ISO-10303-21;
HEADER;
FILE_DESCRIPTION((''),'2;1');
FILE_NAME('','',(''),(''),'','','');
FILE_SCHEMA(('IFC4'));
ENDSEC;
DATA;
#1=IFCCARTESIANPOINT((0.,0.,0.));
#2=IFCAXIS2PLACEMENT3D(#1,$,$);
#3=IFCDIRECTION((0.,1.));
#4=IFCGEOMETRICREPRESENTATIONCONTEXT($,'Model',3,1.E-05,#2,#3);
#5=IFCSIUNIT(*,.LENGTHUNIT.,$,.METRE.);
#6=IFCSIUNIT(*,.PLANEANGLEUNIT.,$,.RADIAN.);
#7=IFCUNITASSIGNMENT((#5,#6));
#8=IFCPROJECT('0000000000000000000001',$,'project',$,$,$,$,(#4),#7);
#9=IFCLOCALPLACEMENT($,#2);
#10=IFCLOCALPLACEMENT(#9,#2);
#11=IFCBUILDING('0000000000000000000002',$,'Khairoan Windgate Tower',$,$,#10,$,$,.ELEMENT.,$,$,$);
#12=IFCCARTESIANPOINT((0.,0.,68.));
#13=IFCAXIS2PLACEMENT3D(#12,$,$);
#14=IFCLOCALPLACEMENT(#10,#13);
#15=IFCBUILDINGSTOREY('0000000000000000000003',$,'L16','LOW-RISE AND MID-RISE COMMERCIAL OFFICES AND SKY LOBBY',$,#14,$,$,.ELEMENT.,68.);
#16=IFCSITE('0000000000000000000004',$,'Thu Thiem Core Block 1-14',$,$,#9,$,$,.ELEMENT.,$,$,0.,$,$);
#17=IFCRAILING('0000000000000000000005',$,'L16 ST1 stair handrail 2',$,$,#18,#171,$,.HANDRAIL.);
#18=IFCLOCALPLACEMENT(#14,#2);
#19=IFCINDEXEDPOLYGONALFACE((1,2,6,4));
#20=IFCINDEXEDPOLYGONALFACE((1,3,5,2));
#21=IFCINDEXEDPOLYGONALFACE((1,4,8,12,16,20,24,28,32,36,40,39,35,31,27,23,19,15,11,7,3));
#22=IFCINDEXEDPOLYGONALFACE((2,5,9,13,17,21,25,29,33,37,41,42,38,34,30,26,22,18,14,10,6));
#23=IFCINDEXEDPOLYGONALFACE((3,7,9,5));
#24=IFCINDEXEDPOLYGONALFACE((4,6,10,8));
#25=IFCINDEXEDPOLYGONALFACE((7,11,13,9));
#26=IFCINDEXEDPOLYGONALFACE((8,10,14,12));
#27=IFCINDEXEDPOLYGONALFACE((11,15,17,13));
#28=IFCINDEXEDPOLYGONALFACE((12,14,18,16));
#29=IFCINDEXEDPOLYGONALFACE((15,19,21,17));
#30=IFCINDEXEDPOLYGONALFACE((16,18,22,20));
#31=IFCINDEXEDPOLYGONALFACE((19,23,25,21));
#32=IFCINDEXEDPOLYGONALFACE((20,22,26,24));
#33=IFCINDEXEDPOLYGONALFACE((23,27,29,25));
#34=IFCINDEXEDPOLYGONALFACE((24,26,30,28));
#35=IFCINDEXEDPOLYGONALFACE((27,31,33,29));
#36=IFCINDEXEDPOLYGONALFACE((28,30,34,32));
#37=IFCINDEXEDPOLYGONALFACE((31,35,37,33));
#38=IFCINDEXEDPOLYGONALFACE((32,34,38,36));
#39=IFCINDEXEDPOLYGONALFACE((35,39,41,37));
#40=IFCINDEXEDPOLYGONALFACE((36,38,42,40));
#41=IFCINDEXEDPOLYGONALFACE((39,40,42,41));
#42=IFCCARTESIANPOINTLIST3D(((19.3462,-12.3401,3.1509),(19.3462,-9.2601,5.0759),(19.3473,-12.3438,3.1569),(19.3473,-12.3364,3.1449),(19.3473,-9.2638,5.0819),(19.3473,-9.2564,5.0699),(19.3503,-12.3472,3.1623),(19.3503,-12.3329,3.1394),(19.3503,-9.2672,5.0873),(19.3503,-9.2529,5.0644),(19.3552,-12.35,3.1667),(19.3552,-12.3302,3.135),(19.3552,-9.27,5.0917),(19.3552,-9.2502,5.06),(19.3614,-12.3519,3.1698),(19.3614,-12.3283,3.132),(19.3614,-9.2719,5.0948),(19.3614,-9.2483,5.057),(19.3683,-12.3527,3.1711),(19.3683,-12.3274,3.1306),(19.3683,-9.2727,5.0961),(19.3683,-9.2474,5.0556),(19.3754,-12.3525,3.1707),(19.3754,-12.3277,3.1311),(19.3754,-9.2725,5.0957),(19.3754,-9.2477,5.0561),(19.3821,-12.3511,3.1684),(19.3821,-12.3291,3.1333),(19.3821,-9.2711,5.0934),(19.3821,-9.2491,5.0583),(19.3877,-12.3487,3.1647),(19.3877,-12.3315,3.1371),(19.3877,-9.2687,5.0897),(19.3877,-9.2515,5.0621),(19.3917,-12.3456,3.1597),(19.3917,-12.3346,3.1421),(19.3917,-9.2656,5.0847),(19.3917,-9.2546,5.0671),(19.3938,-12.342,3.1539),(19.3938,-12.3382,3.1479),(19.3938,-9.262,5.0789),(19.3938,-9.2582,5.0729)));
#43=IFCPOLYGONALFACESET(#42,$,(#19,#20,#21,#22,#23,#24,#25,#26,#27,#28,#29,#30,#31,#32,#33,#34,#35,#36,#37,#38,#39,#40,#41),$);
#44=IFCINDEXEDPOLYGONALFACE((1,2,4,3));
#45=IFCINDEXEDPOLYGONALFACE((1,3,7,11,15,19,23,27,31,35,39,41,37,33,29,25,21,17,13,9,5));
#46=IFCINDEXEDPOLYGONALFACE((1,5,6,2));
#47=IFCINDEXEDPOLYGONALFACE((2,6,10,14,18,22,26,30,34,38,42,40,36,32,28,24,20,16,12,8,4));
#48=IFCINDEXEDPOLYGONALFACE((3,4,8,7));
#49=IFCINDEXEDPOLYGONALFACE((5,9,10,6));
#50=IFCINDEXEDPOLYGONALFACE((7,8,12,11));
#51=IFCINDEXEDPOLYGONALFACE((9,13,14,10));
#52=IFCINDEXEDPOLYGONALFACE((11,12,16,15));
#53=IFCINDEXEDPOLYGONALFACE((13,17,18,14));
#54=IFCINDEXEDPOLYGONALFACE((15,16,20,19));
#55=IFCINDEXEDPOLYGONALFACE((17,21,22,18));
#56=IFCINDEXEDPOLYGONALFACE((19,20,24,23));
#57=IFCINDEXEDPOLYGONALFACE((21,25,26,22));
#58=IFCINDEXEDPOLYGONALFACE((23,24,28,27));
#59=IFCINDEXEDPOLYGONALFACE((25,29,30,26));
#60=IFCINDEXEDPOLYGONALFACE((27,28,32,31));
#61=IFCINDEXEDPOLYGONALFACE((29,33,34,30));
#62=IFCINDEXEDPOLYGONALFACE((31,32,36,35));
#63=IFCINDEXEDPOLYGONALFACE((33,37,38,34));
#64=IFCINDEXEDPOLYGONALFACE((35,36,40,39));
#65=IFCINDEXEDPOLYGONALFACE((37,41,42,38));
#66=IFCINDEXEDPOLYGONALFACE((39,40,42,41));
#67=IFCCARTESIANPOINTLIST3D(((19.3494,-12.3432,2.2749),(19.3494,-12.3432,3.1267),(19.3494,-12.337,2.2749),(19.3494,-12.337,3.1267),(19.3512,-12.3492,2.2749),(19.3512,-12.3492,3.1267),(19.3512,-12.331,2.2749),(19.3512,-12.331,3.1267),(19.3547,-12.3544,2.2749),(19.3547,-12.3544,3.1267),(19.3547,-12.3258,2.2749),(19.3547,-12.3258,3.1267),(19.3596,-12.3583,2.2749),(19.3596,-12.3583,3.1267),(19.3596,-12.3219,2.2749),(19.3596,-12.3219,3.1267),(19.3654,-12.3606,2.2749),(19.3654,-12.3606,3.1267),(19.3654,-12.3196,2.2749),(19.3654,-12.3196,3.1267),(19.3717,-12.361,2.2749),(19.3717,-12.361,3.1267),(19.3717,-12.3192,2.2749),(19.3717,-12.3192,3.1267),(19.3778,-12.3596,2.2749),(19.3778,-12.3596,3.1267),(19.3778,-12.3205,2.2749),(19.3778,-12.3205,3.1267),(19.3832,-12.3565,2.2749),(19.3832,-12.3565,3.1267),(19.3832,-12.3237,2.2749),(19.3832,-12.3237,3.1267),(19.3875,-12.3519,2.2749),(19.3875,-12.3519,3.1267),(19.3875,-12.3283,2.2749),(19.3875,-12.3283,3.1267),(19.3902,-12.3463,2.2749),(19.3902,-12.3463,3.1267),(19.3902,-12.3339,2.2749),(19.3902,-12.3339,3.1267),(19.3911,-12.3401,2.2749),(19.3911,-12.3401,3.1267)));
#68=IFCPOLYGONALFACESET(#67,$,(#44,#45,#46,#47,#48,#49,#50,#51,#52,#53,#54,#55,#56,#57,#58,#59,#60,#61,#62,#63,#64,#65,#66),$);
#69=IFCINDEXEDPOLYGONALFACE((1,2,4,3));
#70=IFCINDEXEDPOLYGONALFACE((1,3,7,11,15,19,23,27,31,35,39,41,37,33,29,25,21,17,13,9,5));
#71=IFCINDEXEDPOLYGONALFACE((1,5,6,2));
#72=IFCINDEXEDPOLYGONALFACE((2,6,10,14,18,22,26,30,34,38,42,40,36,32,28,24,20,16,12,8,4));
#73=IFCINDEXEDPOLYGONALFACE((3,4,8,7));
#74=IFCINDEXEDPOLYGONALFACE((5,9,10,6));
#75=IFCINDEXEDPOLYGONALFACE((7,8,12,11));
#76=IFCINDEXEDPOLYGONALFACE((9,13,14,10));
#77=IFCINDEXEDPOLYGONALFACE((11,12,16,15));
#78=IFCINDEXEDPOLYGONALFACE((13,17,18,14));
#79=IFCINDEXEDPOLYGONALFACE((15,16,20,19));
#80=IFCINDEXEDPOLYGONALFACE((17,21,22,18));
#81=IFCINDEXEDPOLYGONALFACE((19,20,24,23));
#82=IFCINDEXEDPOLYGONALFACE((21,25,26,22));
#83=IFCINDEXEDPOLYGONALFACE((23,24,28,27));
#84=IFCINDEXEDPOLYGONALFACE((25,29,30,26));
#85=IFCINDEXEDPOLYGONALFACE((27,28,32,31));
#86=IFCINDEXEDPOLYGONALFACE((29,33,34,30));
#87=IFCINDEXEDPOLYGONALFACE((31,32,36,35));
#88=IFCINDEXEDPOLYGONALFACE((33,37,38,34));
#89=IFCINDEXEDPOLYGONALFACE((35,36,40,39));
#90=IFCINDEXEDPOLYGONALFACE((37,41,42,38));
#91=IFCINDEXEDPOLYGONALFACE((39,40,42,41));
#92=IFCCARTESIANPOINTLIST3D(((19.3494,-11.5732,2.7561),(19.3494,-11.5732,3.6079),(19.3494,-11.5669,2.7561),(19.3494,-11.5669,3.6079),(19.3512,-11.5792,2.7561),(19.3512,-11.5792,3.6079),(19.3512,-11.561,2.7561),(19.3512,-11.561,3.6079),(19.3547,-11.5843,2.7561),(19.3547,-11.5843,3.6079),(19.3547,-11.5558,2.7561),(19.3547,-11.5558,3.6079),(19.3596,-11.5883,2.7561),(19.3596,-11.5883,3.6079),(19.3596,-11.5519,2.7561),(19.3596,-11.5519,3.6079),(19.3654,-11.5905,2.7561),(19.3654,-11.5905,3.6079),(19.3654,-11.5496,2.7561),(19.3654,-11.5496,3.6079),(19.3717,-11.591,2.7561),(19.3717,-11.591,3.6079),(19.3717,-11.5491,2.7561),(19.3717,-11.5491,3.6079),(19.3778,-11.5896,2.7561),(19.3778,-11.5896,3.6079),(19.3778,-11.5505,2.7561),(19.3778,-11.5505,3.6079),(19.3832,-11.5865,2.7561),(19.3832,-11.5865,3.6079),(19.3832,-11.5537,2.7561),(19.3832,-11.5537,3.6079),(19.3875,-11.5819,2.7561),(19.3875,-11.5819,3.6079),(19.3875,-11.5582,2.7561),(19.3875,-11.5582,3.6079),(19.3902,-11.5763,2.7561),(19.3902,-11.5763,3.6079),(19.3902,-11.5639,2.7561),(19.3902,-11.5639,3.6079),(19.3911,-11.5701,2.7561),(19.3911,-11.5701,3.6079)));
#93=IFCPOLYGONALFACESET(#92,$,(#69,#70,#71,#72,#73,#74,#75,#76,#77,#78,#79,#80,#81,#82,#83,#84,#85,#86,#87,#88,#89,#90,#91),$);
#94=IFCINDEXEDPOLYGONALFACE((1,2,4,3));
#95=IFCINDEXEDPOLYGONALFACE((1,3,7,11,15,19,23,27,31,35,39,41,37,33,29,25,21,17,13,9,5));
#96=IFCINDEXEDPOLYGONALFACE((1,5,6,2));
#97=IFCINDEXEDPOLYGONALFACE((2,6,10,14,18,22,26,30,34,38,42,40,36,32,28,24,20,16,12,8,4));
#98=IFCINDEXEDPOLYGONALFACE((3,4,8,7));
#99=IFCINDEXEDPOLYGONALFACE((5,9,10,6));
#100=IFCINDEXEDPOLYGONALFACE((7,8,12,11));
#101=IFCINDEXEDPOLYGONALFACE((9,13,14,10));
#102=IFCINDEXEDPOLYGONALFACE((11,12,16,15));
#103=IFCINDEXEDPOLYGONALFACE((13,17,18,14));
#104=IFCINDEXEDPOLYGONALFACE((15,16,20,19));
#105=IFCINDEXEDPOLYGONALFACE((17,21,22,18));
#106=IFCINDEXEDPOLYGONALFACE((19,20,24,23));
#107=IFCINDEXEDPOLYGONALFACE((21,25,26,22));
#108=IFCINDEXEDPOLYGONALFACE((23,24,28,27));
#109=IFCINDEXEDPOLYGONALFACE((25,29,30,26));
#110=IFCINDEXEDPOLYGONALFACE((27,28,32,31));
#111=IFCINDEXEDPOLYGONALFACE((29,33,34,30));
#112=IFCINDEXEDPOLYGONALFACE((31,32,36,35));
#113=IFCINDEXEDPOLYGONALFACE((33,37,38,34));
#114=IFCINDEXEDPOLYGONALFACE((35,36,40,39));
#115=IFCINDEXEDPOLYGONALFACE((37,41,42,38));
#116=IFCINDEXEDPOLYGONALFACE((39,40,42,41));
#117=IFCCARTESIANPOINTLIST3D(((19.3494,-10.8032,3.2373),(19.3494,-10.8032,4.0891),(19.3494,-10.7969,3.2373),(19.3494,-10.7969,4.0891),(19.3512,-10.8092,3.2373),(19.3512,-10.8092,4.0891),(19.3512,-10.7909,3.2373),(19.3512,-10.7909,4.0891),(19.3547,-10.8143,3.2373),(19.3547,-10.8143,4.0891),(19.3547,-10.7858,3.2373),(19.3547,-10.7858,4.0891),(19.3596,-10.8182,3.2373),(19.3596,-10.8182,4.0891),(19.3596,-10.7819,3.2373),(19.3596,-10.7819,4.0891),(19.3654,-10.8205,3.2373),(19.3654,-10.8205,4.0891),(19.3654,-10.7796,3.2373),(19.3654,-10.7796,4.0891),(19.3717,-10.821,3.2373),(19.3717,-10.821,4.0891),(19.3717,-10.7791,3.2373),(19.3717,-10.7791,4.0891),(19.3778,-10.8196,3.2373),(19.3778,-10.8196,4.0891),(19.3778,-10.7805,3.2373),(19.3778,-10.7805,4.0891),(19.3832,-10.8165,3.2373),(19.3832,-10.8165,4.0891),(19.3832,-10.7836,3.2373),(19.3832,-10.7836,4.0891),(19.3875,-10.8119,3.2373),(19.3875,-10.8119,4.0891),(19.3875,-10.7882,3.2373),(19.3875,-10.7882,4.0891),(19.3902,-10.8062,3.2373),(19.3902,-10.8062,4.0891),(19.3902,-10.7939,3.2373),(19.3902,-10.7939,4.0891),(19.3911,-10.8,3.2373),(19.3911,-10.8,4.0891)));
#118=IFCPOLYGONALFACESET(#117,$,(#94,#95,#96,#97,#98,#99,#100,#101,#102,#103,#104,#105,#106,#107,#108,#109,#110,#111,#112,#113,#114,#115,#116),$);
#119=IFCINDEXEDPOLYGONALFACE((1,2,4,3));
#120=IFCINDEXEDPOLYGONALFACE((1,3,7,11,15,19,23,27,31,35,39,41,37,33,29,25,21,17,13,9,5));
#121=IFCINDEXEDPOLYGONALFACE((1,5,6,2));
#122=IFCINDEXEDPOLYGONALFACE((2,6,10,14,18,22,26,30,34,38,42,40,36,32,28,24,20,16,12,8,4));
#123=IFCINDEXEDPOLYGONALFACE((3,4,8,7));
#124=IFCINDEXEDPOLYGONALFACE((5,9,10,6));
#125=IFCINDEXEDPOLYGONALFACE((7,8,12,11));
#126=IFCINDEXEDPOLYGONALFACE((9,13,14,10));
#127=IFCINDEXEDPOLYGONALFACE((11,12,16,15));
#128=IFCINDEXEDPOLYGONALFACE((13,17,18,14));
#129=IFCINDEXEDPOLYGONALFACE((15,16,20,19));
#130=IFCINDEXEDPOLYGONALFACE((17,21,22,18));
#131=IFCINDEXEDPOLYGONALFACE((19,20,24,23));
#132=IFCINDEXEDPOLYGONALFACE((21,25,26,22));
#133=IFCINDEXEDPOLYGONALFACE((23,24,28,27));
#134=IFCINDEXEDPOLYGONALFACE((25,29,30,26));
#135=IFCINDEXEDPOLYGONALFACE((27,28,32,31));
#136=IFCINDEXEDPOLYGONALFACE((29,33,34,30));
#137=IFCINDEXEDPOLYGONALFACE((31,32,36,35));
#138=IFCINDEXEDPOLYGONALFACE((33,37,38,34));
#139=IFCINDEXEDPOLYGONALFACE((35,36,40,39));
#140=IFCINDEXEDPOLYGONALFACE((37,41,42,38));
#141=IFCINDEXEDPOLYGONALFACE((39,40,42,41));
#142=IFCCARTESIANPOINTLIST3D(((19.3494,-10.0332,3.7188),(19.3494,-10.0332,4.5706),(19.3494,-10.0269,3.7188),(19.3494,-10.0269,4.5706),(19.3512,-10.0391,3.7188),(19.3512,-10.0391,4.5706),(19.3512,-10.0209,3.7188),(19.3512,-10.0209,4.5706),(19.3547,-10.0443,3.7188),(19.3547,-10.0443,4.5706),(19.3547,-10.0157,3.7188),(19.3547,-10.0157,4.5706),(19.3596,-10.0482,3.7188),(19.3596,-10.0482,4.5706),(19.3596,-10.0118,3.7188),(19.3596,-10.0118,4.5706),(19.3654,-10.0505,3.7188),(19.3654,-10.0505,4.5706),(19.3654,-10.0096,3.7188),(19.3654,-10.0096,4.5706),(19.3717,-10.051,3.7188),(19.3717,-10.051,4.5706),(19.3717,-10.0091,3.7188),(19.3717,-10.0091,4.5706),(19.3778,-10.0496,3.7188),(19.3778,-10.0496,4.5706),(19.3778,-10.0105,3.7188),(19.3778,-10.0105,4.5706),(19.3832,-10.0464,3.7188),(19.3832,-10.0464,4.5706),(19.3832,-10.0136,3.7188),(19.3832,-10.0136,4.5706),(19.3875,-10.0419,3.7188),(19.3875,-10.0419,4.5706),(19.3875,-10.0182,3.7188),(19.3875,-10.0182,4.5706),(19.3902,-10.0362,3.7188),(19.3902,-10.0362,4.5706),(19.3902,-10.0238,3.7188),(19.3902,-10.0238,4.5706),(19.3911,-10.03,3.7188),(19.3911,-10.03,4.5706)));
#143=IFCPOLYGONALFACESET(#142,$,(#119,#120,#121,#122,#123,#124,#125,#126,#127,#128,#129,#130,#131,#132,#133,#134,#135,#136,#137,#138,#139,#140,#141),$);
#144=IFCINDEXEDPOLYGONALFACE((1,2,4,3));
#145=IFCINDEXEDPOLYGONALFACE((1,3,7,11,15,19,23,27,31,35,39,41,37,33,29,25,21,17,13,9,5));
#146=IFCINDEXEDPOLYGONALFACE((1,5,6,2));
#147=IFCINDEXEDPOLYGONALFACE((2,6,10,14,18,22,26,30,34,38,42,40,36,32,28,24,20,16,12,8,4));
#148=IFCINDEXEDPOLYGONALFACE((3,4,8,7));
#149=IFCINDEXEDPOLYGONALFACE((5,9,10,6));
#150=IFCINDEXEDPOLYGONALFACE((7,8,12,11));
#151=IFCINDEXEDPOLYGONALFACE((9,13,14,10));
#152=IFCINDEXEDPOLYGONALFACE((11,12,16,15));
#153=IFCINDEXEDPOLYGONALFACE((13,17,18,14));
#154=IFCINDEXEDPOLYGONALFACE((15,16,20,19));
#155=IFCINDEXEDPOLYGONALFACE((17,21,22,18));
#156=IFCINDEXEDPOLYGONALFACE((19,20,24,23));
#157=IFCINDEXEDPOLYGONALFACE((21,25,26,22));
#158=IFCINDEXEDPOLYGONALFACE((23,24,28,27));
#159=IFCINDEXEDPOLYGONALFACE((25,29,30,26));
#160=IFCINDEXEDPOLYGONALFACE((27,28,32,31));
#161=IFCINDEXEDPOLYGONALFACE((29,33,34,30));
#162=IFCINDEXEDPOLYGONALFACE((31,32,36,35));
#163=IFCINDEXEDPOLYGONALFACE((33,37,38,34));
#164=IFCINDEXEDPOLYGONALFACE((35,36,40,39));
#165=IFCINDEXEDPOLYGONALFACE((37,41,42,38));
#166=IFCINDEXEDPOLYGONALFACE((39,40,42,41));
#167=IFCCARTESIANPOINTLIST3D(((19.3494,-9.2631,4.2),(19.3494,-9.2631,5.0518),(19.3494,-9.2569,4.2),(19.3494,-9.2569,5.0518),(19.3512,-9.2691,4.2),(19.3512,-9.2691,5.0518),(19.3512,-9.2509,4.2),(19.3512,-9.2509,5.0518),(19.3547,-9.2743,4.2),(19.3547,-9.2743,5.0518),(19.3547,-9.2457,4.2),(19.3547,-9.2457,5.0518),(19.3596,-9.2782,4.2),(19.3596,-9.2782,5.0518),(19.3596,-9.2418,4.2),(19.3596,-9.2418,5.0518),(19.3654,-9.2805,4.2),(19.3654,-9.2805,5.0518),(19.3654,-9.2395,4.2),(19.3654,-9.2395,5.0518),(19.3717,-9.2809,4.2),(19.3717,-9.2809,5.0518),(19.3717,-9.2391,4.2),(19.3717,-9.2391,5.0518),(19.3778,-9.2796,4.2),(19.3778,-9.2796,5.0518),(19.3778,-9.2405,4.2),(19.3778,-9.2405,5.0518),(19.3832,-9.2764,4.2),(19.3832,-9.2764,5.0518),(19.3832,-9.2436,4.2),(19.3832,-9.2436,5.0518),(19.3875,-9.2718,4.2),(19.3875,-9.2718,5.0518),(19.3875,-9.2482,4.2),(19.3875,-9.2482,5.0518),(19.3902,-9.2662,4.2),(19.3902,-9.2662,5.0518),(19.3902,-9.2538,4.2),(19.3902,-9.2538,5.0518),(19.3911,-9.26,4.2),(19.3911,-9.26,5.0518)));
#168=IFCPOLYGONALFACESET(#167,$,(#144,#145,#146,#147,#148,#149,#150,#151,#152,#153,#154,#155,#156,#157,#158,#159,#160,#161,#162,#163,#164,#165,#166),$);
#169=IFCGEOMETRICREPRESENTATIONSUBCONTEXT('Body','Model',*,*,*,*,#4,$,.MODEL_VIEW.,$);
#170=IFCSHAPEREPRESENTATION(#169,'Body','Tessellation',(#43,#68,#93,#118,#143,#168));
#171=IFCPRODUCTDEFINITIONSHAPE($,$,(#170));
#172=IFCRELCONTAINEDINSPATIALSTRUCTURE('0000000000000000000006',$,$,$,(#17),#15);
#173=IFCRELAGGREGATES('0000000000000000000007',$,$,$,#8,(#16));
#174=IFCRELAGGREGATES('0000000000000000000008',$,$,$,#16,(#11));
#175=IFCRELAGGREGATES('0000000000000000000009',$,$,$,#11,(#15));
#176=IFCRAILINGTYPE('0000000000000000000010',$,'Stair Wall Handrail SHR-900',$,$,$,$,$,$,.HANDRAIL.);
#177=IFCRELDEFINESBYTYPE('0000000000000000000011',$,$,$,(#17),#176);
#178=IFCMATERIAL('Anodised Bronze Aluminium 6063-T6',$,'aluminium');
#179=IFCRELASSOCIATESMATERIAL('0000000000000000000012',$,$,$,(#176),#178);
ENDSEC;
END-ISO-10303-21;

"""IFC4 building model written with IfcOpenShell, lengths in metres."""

from ifc_helpers import new_model, si_unit, direction, frame, origin, origin_2d, place, context, subcontext, project, spatial, circle, extrude, material, type_object, element, save


model = new_model("IFC4")

# Units and contexts
model_context = context("Model", 3, precision=1e-05, world=origin(), true_north=direction((0.0, 1.0)))
body_context = subcontext(model_context, "Body", "Model", "MODEL_VIEW")
ifc_project = project(units=[si_unit("LENGTHUNIT", "METRE"), si_unit("PLANEANGLEUNIT", "RADIAN")], contexts=[model_context])

# Site, building, storey
site_placement = place(None, origin())
site = spatial("IfcSite", under=ifc_project, at=site_placement, Name="Thu Thiem Core Block 1-14", CompositionType="ELEMENT", RefElevation=0.0)
building_placement = place(site_placement, origin())
building = spatial("IfcBuilding", under=site, at=building_placement, Name="Khairoan Windgate Tower", CompositionType="ELEMENT")
storey_placement = place(building_placement, frame((0.0, 0.0, 68.0)))
storey = spatial("IfcBuildingStorey", under=building, at=storey_placement, Name="L16", Description="LOW-RISE AND MID-RISE COMMERCIAL OFFICES AND SKY LOBBY", CompositionType="ELEMENT", Elevation=68.0)

# Railing
ifc_material_1 = material(Name="Anodised Bronze Aluminium 6063-T6", Category="aluminium")
railing_type_1 = type_object("IfcRailingType", Name="Stair Wall Handrail SHR-900", PredefinedType="HANDRAIL", material=ifc_material_1)
railing_1_placement = place(storey_placement, frame((19.3701, -12.3401, 2.2749)))
element("IfcRailing", 1, at=railing_1_placement, inside=storey, type_object=railing_type_1, Name="L16 ST1 stair handrail 2", PredefinedType="HANDRAIL", context=body_context, shape_type="SweptSolid", body=[
    extrude(circle(Radius=0.0239, at=origin_2d()), frame((0.0, 0.0, 0.876), z_axis=(0.0, 0.847998, 0.529999), x_axis=(-1.0, 0.0, 0.0)), (0.0, 0.0, 1.0), 3.6321),
    extrude(circle(Radius=0.021, at=origin_2d()), origin(), (0.0, 0.0, 1.0), 0.8518),
    extrude(circle(Radius=0.021, at=origin_2d()), frame((0.0, 0.77, 0.4812)), (0.0, 0.0, 1.0), 0.8518),
    extrude(circle(Radius=0.021, at=origin_2d()), frame((0.0, 1.54, 0.9624)), (0.0, 0.0, 1.0), 0.8518),
    extrude(circle(Radius=0.021, at=origin_2d()), frame((0.0, 2.3101, 1.4438)), (0.0, 0.0, 1.0), 0.8518),
    extrude(circle(Radius=0.021, at=origin_2d()), frame((0.0, 3.0801, 1.925)), (0.0, 0.0, 1.0), 0.8518),
])

save(model, "model.ifc")
